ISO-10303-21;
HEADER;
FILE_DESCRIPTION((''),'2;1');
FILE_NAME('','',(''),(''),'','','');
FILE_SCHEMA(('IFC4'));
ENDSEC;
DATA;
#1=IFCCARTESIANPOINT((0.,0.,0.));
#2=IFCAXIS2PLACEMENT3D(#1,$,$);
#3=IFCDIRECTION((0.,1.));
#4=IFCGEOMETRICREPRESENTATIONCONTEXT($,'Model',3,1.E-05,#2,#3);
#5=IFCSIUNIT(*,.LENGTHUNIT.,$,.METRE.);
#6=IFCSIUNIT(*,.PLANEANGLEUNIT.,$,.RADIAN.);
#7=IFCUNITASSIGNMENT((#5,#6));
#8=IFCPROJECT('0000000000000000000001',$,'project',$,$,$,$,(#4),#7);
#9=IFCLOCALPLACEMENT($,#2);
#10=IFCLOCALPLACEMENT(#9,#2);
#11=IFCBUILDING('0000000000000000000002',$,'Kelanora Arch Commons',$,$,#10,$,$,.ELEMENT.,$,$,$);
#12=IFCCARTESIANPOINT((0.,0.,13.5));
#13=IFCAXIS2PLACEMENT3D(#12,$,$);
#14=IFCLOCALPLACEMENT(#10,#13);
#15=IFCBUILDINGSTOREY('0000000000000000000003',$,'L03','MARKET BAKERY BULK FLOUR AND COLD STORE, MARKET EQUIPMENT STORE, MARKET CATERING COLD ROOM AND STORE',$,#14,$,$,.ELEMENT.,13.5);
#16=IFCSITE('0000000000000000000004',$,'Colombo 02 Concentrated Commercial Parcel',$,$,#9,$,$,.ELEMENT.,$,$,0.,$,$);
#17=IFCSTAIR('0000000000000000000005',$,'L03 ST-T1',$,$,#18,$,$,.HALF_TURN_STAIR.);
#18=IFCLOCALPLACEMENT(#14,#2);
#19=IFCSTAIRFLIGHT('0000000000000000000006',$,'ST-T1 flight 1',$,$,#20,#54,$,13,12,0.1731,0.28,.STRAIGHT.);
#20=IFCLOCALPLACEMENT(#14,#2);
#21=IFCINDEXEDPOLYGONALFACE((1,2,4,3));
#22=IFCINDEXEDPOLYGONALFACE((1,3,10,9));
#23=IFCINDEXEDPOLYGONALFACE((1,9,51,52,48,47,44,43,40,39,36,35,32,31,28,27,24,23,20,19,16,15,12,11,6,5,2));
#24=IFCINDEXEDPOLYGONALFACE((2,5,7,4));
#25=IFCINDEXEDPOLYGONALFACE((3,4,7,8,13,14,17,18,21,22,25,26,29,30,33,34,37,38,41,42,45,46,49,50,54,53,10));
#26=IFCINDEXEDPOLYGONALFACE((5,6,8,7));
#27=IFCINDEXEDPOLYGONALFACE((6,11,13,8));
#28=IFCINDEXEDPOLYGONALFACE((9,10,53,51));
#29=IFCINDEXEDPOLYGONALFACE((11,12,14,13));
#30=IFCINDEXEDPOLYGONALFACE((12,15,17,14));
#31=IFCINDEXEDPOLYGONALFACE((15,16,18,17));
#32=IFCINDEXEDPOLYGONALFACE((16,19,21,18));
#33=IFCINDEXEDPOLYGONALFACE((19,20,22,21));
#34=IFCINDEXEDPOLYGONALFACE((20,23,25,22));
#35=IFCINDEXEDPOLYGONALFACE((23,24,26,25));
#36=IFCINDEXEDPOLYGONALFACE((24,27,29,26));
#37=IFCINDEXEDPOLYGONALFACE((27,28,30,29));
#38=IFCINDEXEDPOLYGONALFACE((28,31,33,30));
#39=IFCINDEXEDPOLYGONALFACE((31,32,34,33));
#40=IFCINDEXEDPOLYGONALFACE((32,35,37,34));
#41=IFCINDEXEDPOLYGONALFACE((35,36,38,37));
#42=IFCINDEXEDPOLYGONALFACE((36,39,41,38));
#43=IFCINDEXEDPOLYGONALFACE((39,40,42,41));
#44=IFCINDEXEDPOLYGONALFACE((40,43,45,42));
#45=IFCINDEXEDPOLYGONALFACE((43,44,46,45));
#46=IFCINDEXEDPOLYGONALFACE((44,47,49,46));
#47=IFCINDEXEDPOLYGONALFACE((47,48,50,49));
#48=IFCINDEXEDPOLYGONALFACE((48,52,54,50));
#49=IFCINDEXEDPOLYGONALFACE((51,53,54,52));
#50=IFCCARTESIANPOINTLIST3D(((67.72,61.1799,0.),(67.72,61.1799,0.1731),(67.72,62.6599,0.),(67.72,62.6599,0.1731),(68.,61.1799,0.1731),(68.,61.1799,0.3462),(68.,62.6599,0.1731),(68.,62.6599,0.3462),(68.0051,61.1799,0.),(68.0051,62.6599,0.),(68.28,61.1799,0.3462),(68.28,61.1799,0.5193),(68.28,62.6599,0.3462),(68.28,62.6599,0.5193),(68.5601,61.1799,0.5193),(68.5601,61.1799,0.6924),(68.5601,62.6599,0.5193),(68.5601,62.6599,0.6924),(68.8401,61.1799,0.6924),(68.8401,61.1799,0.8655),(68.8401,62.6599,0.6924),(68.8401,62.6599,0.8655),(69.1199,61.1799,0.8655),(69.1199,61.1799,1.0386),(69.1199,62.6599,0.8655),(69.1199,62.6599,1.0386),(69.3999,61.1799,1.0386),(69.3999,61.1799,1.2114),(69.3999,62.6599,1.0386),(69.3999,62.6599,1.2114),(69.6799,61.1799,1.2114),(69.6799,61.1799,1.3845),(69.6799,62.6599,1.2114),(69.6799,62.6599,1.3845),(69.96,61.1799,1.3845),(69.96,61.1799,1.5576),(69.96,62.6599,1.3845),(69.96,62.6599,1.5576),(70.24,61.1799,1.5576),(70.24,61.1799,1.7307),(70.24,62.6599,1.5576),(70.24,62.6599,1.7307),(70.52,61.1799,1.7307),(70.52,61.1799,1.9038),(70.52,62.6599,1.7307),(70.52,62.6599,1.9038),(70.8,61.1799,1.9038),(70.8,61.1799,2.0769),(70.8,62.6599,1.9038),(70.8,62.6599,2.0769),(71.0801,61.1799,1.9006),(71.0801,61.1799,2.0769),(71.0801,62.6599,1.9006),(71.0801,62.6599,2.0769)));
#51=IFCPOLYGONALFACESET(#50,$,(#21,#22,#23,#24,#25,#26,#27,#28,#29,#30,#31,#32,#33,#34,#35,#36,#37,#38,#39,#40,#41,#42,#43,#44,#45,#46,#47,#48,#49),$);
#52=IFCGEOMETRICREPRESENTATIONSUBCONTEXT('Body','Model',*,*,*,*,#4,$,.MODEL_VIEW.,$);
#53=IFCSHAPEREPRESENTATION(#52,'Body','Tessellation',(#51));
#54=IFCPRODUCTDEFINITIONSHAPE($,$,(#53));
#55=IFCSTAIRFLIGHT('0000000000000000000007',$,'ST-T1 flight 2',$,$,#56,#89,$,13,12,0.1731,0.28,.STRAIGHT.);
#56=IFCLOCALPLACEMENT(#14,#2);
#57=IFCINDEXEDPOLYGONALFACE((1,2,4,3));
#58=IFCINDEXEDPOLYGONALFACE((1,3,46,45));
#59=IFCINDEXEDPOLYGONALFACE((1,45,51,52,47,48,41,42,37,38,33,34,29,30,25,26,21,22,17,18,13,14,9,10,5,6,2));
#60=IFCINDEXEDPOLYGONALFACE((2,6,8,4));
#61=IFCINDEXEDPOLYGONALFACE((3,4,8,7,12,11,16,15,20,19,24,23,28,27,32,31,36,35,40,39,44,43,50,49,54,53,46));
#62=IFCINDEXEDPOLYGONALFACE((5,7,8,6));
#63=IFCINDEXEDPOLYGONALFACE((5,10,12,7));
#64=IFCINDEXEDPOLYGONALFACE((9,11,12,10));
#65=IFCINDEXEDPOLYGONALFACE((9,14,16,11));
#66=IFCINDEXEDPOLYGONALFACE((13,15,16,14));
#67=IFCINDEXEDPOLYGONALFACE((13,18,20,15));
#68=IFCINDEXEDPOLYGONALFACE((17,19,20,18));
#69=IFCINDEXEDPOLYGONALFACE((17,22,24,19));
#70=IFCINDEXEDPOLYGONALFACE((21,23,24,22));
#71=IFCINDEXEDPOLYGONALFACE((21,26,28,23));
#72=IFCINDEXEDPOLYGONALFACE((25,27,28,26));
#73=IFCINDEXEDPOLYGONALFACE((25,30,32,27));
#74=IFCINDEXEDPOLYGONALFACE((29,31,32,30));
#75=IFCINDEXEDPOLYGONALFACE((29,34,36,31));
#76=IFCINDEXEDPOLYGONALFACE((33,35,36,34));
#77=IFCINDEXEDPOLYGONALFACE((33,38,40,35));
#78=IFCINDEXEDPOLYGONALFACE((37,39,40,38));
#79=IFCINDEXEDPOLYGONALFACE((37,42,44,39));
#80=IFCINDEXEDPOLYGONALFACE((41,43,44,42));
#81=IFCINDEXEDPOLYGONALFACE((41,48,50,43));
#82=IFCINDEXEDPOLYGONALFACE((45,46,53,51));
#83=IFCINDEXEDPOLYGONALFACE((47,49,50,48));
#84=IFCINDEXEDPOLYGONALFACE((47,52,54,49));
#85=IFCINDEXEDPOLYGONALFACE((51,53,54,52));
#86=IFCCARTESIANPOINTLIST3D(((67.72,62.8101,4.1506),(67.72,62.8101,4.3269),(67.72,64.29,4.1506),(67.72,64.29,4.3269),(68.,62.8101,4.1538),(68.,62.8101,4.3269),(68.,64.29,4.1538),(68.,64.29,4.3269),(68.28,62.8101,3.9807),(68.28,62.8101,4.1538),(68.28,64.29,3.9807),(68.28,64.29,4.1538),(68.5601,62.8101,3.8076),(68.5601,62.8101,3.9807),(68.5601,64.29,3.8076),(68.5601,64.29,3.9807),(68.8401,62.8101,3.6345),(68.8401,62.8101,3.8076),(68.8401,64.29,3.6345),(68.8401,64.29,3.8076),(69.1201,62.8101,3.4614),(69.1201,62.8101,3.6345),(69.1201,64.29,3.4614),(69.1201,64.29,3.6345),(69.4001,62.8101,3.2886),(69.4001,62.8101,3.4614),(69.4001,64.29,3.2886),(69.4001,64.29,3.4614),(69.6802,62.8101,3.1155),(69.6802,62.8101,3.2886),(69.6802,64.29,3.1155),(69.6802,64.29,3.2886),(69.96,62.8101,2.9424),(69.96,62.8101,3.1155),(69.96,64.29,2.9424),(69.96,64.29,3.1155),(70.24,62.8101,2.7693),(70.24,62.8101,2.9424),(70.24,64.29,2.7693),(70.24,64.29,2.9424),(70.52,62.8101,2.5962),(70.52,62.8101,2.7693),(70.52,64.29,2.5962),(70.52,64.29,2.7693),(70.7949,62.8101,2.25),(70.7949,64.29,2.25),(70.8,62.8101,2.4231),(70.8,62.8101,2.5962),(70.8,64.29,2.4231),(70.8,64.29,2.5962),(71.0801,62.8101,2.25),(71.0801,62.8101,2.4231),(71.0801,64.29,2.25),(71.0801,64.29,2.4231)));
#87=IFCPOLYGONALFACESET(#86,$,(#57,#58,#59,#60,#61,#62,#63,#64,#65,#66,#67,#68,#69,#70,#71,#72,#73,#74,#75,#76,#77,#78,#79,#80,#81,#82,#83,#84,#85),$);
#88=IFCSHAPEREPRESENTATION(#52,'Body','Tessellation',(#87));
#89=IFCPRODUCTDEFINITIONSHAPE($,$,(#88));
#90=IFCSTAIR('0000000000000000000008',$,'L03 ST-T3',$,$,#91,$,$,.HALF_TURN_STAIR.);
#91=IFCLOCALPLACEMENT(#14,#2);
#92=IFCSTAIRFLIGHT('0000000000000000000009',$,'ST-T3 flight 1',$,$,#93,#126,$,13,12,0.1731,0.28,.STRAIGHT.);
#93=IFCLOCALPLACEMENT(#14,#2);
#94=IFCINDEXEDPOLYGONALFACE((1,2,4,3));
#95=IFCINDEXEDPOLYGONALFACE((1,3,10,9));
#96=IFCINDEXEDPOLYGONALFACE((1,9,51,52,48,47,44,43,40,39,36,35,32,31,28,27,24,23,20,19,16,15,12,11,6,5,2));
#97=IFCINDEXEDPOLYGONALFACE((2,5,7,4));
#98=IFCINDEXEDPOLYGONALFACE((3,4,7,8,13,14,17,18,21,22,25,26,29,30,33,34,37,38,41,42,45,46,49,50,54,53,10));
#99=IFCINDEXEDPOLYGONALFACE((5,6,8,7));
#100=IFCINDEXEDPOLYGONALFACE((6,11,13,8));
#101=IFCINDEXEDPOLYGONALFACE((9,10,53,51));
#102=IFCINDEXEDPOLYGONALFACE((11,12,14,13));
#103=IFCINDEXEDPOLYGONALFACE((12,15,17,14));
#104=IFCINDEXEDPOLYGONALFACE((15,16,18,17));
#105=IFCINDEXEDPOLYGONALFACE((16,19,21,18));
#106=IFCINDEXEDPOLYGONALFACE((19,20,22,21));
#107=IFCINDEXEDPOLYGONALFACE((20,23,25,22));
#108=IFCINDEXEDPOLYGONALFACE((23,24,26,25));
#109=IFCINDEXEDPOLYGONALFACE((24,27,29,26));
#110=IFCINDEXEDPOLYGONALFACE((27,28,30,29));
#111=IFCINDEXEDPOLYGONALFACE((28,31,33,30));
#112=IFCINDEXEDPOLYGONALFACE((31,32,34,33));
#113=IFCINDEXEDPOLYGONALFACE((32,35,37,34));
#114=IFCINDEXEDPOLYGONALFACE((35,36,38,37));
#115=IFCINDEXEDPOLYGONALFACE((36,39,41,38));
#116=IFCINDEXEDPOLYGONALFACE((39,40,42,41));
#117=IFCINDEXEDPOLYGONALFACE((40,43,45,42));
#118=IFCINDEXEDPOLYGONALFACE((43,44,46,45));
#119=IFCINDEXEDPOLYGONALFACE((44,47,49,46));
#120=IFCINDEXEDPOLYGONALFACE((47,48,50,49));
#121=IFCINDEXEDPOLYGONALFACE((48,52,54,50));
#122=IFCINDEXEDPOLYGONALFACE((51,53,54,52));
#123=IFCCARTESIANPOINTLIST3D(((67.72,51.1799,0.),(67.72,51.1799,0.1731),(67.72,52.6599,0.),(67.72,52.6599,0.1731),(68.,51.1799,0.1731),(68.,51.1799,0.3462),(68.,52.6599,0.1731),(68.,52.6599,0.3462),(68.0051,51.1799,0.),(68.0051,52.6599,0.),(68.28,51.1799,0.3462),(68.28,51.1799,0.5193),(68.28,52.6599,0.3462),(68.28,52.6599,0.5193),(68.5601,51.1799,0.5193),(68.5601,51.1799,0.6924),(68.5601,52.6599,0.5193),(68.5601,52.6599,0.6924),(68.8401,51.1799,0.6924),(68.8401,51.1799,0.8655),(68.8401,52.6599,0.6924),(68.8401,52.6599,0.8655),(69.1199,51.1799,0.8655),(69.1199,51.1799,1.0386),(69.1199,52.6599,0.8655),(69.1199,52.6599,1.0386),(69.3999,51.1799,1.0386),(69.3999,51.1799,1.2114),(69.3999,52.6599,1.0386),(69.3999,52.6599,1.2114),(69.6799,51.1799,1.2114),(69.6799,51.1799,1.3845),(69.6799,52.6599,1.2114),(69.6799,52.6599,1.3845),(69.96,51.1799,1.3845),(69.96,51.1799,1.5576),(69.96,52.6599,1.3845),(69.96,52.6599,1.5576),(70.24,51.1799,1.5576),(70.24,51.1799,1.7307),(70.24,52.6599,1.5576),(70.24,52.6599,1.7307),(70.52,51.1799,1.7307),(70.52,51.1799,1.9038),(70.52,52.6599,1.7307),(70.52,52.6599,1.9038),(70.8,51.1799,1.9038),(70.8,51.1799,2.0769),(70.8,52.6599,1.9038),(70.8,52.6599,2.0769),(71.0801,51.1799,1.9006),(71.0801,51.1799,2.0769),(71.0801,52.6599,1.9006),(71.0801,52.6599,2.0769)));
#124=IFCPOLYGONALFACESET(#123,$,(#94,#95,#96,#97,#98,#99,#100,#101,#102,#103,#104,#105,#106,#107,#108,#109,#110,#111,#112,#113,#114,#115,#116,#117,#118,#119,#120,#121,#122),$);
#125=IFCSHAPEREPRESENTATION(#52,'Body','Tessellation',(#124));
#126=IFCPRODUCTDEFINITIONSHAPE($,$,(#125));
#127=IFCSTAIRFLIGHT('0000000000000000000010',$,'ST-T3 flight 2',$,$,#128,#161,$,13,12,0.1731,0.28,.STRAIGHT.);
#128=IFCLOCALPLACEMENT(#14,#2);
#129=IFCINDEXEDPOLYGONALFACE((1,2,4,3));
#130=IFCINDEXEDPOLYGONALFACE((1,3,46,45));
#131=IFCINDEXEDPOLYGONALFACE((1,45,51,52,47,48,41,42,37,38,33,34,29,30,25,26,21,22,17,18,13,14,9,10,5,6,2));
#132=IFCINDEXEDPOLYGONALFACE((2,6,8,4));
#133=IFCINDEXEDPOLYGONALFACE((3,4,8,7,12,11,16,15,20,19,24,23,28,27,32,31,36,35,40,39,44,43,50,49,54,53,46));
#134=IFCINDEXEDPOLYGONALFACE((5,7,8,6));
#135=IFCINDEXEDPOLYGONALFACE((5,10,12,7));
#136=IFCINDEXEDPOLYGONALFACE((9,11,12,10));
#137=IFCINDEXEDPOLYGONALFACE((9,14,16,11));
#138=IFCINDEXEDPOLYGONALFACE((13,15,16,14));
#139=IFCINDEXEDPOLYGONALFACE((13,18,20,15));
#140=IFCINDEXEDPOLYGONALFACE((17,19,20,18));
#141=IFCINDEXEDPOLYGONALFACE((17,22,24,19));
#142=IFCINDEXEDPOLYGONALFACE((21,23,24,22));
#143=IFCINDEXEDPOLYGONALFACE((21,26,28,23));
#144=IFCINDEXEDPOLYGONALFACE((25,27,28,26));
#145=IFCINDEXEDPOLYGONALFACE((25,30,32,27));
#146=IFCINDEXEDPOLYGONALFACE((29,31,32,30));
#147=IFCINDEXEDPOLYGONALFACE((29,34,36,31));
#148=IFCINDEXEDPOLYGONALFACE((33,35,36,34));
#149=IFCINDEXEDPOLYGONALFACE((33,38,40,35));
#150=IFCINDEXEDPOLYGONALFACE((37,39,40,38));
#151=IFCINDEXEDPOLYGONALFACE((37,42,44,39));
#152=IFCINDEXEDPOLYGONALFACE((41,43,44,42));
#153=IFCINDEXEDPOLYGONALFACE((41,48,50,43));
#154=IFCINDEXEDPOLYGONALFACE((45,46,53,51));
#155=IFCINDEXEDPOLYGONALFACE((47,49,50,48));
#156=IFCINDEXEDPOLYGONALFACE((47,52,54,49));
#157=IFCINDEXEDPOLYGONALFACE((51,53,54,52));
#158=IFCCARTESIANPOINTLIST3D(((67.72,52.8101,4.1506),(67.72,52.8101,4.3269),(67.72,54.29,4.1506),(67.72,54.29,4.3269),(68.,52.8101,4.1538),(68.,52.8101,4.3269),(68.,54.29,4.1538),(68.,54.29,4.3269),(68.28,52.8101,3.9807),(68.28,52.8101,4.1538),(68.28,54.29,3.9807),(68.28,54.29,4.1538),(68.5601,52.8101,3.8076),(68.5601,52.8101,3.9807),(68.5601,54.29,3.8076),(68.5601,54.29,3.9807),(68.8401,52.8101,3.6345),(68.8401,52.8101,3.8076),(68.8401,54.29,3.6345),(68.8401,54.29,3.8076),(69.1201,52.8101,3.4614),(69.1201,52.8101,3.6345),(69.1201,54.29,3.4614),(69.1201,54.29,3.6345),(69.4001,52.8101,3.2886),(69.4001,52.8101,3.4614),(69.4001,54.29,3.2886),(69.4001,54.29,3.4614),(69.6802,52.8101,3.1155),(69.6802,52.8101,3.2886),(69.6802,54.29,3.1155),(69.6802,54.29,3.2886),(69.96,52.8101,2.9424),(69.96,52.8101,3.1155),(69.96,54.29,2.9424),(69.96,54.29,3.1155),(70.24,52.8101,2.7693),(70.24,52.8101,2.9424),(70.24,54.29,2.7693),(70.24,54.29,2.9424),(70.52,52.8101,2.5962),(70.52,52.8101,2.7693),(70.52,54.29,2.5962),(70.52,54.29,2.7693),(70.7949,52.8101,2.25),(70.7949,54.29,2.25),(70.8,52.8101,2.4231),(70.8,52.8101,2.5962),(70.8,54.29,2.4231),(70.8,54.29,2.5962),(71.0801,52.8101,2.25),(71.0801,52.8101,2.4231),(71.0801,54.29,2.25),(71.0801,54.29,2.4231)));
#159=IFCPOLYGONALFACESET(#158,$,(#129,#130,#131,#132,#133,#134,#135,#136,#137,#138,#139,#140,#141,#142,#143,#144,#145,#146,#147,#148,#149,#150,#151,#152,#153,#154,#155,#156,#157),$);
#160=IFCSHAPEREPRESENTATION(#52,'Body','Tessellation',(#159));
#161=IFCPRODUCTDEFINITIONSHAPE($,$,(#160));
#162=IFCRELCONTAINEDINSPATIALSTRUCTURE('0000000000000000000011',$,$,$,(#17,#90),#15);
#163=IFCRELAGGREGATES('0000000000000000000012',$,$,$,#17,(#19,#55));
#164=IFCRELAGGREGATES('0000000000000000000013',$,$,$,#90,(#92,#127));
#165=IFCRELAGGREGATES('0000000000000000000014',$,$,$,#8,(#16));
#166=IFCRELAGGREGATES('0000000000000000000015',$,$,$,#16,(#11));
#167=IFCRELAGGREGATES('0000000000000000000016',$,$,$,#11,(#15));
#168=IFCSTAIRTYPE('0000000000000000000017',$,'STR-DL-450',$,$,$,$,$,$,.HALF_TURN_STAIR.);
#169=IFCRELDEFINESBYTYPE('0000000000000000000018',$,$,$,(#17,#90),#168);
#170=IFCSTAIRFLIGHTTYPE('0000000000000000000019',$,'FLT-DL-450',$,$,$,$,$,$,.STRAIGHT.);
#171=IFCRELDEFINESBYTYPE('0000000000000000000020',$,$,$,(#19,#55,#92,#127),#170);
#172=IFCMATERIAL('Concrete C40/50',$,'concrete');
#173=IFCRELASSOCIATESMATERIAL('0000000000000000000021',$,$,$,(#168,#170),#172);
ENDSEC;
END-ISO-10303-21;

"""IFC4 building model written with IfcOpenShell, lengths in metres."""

from ifc_helpers import new_model, si_unit, direction, frame, origin, place, context, subcontext, project, spatial, polyline, outline, extrude, material, type_object, element, aggregate, save


model = new_model("IFC4")

# Units and contexts
model_context = context("Model", 3, precision=1e-05, world=origin(), true_north=direction((0.0, 1.0)))
body_context = subcontext(model_context, "Body", "Model", "MODEL_VIEW")
ifc_project = project(units=[si_unit("LENGTHUNIT", "METRE"), si_unit("PLANEANGLEUNIT", "RADIAN")], contexts=[model_context])

# Site, building, storey
site_placement = place(None, origin())
site = spatial("IfcSite", under=ifc_project, at=site_placement, Name="Colombo 02 Concentrated Commercial Parcel", CompositionType="ELEMENT", RefElevation=0.0)
building_placement = place(site_placement, origin())
building = spatial("IfcBuilding", under=site, at=building_placement, Name="Kelanora Arch Commons", CompositionType="ELEMENT")
storey_placement = place(building_placement, frame((0.0, 0.0, 13.5)))
storey = spatial("IfcBuildingStorey", under=building, at=storey_placement, Name="L03", Description="MARKET BAKERY BULK FLOUR AND COLD STORE, MARKET EQUIPMENT STORE, MARKET CATERING COLD ROOM AND STORE", CompositionType="ELEMENT", Elevation=13.5)

# Shared definitions
ifc_material_1 = material(Name="Concrete C40/50", Category="concrete")

# Stairs, stair flights
stair_type = type_object("IfcStairType", Name="STR-DL-450", PredefinedType="HALF_TURN_STAIR", material=ifc_material_1)
stair_1_placement = place(storey_placement, origin())
stair_1 = element("IfcStair", 1, at=stair_1_placement, inside=storey, type_object=stair_type, Name="L03 ST-T1", PredefinedType="HALF_TURN_STAIR")
stair_flight_type = type_object("IfcStairFlightType", Name="FLT-DL-450", PredefinedType="STRAIGHT", material=ifc_material_1)
stair_flight_1_placement = place(storey_placement, frame((67.72, 61.9199, 0.0), z_axis=(0.0, 0.0, 1.0), x_axis=(1.0, 0.0, 0.0)))
stair_flight_1 = element("IfcStairFlight", 2, at=stair_flight_1_placement, type_object=stair_flight_type, Name="ST-T1 flight 1", NumberOfRisers=13, NumberOfTreads=12, PredefinedType="STRAIGHT", RiserHeight=0.1731, TreadLength=0.28, context=body_context, shape_type="SweptSolid", body=[
    extrude(outline(polyline([(0.0, 0.0), (0.0, 0.1731), (0.28, 0.1731), (0.28, 0.3462), (0.5601, 0.3462), (0.5601, 0.5193), (0.8401, 0.5193), (0.8401, 0.6924), (1.1201, 0.6924), (1.1201, 0.8655), (1.3999, 0.8655), (1.3999, 1.0386), (1.6799, 1.0386), (1.6799, 1.2114), (1.96, 1.2114), (1.96, 1.3845), (2.24, 1.3845), (2.24, 1.5576), (2.52, 1.5576), (2.52, 1.7307), (2.8, 1.7307), (2.8, 1.9038), (3.0801, 1.9038), (3.0801, 2.0769), (3.3601, 2.0769), (3.3601, 2.25), (3.3601, 1.9006), (0.2852, 0.0), (0.0, 0.0)])), frame((0.0, 0.74, 0.0), z_axis=(0.0, -1.0, 0.0), x_axis=(1.0, 0.0, 0.0)), (0.0, 0.0, 1.0), 1.48),
])
stair_flight_2_placement = place(storey_placement, frame((71.0801, 63.55, 2.25), z_axis=(0.0, 0.0, 1.0), x_axis=(-1.0, 0.0, 0.0)))
stair_flight_2 = element("IfcStairFlight", 3, at=stair_flight_2_placement, type_object=stair_flight_type, Name="ST-T1 flight 2", NumberOfRisers=13, NumberOfTreads=12, PredefinedType="STRAIGHT", RiserHeight=0.1731, TreadLength=0.28, context=body_context, shape_type="SweptSolid", body=[
    extrude(outline(polyline([(0.0, 0.0), (0.0, 0.1731), (0.28, 0.1731), (0.28, 0.3462), (0.5601, 0.3462), (0.5601, 0.5193), (0.8401, 0.5193), (0.8401, 0.6924), (1.1201, 0.6924), (1.1201, 0.8655), (1.3999, 0.8655), (1.3999, 1.0386), (1.6799, 1.0386), (1.6799, 1.2114), (1.96, 1.2114), (1.96, 1.3845), (2.24, 1.3845), (2.24, 1.5576), (2.52, 1.5576), (2.52, 1.7307), (2.8, 1.7307), (2.8, 1.9038), (3.0801, 1.9038), (3.0801, 2.0769), (3.3601, 2.0769), (3.3601, 2.25), (3.3601, 1.9006), (0.2852, 0.0), (0.0, 0.0)])), frame((0.0, 0.74, 0.0), z_axis=(0.0, -1.0, 0.0), x_axis=(1.0, 0.0, 0.0)), (0.0, 0.0, 1.0), 1.48),
])
aggregate(stair_1, [stair_flight_1, stair_flight_2])
stair_2_placement = place(storey_placement, origin())
stair_2 = element("IfcStair", 4, at=stair_2_placement, inside=storey, type_object=stair_type, Name="L03 ST-T3", PredefinedType="HALF_TURN_STAIR")
stair_flight_3_placement = place(storey_placement, frame((67.72, 51.9199, 0.0), z_axis=(0.0, 0.0, 1.0), x_axis=(1.0, 0.0, 0.0)))
stair_flight_3 = element("IfcStairFlight", 5, at=stair_flight_3_placement, type_object=stair_flight_type, Name="ST-T3 flight 1", NumberOfRisers=13, NumberOfTreads=12, PredefinedType="STRAIGHT", RiserHeight=0.1731, TreadLength=0.28, context=body_context, shape_type="SweptSolid", body=[
    extrude(outline(polyline([(0.0, 0.0), (0.0, 0.1731), (0.28, 0.1731), (0.28, 0.3462), (0.5601, 0.3462), (0.5601, 0.5193), (0.8401, 0.5193), (0.8401, 0.6924), (1.1201, 0.6924), (1.1201, 0.8655), (1.3999, 0.8655), (1.3999, 1.0386), (1.6799, 1.0386), (1.6799, 1.2114), (1.96, 1.2114), (1.96, 1.3845), (2.24, 1.3845), (2.24, 1.5576), (2.52, 1.5576), (2.52, 1.7307), (2.8, 1.7307), (2.8, 1.9038), (3.0801, 1.9038), (3.0801, 2.0769), (3.3601, 2.0769), (3.3601, 2.25), (3.3601, 1.9006), (0.2852, 0.0), (0.0, 0.0)])), frame((0.0, 0.74, 0.0), z_axis=(0.0, -1.0, 0.0), x_axis=(1.0, 0.0, 0.0)), (0.0, 0.0, 1.0), 1.48),
])
stair_flight_4_placement = place(storey_placement, frame((71.0801, 53.55, 2.25), z_axis=(0.0, 0.0, 1.0), x_axis=(-1.0, 0.0, 0.0)))
stair_flight_4 = element("IfcStairFlight", 6, at=stair_flight_4_placement, type_object=stair_flight_type, Name="ST-T3 flight 2", NumberOfRisers=13, NumberOfTreads=12, PredefinedType="STRAIGHT", RiserHeight=0.1731, TreadLength=0.28, context=body_context, shape_type="SweptSolid", body=[
    extrude(outline(polyline([(0.0, 0.0), (0.0, 0.1731), (0.28, 0.1731), (0.28, 0.3462), (0.5601, 0.3462), (0.5601, 0.5193), (0.8401, 0.5193), (0.8401, 0.6924), (1.1201, 0.6924), (1.1201, 0.8655), (1.3999, 0.8655), (1.3999, 1.0386), (1.6799, 1.0386), (1.6799, 1.2114), (1.96, 1.2114), (1.96, 1.3845), (2.24, 1.3845), (2.24, 1.5576), (2.52, 1.5576), (2.52, 1.7307), (2.8, 1.7307), (2.8, 1.9038), (3.0801, 1.9038), (3.0801, 2.0769), (3.3601, 2.0769), (3.3601, 2.25), (3.3601, 1.9006), (0.2852, 0.0), (0.0, 0.0)])), frame((0.0, 0.74, 0.0), z_axis=(0.0, -1.0, 0.0), x_axis=(1.0, 0.0, 0.0)), (0.0, 0.0, 1.0), 1.48),
])
aggregate(stair_2, [stair_flight_3, stair_flight_4])

save(model, "model.ifc")
